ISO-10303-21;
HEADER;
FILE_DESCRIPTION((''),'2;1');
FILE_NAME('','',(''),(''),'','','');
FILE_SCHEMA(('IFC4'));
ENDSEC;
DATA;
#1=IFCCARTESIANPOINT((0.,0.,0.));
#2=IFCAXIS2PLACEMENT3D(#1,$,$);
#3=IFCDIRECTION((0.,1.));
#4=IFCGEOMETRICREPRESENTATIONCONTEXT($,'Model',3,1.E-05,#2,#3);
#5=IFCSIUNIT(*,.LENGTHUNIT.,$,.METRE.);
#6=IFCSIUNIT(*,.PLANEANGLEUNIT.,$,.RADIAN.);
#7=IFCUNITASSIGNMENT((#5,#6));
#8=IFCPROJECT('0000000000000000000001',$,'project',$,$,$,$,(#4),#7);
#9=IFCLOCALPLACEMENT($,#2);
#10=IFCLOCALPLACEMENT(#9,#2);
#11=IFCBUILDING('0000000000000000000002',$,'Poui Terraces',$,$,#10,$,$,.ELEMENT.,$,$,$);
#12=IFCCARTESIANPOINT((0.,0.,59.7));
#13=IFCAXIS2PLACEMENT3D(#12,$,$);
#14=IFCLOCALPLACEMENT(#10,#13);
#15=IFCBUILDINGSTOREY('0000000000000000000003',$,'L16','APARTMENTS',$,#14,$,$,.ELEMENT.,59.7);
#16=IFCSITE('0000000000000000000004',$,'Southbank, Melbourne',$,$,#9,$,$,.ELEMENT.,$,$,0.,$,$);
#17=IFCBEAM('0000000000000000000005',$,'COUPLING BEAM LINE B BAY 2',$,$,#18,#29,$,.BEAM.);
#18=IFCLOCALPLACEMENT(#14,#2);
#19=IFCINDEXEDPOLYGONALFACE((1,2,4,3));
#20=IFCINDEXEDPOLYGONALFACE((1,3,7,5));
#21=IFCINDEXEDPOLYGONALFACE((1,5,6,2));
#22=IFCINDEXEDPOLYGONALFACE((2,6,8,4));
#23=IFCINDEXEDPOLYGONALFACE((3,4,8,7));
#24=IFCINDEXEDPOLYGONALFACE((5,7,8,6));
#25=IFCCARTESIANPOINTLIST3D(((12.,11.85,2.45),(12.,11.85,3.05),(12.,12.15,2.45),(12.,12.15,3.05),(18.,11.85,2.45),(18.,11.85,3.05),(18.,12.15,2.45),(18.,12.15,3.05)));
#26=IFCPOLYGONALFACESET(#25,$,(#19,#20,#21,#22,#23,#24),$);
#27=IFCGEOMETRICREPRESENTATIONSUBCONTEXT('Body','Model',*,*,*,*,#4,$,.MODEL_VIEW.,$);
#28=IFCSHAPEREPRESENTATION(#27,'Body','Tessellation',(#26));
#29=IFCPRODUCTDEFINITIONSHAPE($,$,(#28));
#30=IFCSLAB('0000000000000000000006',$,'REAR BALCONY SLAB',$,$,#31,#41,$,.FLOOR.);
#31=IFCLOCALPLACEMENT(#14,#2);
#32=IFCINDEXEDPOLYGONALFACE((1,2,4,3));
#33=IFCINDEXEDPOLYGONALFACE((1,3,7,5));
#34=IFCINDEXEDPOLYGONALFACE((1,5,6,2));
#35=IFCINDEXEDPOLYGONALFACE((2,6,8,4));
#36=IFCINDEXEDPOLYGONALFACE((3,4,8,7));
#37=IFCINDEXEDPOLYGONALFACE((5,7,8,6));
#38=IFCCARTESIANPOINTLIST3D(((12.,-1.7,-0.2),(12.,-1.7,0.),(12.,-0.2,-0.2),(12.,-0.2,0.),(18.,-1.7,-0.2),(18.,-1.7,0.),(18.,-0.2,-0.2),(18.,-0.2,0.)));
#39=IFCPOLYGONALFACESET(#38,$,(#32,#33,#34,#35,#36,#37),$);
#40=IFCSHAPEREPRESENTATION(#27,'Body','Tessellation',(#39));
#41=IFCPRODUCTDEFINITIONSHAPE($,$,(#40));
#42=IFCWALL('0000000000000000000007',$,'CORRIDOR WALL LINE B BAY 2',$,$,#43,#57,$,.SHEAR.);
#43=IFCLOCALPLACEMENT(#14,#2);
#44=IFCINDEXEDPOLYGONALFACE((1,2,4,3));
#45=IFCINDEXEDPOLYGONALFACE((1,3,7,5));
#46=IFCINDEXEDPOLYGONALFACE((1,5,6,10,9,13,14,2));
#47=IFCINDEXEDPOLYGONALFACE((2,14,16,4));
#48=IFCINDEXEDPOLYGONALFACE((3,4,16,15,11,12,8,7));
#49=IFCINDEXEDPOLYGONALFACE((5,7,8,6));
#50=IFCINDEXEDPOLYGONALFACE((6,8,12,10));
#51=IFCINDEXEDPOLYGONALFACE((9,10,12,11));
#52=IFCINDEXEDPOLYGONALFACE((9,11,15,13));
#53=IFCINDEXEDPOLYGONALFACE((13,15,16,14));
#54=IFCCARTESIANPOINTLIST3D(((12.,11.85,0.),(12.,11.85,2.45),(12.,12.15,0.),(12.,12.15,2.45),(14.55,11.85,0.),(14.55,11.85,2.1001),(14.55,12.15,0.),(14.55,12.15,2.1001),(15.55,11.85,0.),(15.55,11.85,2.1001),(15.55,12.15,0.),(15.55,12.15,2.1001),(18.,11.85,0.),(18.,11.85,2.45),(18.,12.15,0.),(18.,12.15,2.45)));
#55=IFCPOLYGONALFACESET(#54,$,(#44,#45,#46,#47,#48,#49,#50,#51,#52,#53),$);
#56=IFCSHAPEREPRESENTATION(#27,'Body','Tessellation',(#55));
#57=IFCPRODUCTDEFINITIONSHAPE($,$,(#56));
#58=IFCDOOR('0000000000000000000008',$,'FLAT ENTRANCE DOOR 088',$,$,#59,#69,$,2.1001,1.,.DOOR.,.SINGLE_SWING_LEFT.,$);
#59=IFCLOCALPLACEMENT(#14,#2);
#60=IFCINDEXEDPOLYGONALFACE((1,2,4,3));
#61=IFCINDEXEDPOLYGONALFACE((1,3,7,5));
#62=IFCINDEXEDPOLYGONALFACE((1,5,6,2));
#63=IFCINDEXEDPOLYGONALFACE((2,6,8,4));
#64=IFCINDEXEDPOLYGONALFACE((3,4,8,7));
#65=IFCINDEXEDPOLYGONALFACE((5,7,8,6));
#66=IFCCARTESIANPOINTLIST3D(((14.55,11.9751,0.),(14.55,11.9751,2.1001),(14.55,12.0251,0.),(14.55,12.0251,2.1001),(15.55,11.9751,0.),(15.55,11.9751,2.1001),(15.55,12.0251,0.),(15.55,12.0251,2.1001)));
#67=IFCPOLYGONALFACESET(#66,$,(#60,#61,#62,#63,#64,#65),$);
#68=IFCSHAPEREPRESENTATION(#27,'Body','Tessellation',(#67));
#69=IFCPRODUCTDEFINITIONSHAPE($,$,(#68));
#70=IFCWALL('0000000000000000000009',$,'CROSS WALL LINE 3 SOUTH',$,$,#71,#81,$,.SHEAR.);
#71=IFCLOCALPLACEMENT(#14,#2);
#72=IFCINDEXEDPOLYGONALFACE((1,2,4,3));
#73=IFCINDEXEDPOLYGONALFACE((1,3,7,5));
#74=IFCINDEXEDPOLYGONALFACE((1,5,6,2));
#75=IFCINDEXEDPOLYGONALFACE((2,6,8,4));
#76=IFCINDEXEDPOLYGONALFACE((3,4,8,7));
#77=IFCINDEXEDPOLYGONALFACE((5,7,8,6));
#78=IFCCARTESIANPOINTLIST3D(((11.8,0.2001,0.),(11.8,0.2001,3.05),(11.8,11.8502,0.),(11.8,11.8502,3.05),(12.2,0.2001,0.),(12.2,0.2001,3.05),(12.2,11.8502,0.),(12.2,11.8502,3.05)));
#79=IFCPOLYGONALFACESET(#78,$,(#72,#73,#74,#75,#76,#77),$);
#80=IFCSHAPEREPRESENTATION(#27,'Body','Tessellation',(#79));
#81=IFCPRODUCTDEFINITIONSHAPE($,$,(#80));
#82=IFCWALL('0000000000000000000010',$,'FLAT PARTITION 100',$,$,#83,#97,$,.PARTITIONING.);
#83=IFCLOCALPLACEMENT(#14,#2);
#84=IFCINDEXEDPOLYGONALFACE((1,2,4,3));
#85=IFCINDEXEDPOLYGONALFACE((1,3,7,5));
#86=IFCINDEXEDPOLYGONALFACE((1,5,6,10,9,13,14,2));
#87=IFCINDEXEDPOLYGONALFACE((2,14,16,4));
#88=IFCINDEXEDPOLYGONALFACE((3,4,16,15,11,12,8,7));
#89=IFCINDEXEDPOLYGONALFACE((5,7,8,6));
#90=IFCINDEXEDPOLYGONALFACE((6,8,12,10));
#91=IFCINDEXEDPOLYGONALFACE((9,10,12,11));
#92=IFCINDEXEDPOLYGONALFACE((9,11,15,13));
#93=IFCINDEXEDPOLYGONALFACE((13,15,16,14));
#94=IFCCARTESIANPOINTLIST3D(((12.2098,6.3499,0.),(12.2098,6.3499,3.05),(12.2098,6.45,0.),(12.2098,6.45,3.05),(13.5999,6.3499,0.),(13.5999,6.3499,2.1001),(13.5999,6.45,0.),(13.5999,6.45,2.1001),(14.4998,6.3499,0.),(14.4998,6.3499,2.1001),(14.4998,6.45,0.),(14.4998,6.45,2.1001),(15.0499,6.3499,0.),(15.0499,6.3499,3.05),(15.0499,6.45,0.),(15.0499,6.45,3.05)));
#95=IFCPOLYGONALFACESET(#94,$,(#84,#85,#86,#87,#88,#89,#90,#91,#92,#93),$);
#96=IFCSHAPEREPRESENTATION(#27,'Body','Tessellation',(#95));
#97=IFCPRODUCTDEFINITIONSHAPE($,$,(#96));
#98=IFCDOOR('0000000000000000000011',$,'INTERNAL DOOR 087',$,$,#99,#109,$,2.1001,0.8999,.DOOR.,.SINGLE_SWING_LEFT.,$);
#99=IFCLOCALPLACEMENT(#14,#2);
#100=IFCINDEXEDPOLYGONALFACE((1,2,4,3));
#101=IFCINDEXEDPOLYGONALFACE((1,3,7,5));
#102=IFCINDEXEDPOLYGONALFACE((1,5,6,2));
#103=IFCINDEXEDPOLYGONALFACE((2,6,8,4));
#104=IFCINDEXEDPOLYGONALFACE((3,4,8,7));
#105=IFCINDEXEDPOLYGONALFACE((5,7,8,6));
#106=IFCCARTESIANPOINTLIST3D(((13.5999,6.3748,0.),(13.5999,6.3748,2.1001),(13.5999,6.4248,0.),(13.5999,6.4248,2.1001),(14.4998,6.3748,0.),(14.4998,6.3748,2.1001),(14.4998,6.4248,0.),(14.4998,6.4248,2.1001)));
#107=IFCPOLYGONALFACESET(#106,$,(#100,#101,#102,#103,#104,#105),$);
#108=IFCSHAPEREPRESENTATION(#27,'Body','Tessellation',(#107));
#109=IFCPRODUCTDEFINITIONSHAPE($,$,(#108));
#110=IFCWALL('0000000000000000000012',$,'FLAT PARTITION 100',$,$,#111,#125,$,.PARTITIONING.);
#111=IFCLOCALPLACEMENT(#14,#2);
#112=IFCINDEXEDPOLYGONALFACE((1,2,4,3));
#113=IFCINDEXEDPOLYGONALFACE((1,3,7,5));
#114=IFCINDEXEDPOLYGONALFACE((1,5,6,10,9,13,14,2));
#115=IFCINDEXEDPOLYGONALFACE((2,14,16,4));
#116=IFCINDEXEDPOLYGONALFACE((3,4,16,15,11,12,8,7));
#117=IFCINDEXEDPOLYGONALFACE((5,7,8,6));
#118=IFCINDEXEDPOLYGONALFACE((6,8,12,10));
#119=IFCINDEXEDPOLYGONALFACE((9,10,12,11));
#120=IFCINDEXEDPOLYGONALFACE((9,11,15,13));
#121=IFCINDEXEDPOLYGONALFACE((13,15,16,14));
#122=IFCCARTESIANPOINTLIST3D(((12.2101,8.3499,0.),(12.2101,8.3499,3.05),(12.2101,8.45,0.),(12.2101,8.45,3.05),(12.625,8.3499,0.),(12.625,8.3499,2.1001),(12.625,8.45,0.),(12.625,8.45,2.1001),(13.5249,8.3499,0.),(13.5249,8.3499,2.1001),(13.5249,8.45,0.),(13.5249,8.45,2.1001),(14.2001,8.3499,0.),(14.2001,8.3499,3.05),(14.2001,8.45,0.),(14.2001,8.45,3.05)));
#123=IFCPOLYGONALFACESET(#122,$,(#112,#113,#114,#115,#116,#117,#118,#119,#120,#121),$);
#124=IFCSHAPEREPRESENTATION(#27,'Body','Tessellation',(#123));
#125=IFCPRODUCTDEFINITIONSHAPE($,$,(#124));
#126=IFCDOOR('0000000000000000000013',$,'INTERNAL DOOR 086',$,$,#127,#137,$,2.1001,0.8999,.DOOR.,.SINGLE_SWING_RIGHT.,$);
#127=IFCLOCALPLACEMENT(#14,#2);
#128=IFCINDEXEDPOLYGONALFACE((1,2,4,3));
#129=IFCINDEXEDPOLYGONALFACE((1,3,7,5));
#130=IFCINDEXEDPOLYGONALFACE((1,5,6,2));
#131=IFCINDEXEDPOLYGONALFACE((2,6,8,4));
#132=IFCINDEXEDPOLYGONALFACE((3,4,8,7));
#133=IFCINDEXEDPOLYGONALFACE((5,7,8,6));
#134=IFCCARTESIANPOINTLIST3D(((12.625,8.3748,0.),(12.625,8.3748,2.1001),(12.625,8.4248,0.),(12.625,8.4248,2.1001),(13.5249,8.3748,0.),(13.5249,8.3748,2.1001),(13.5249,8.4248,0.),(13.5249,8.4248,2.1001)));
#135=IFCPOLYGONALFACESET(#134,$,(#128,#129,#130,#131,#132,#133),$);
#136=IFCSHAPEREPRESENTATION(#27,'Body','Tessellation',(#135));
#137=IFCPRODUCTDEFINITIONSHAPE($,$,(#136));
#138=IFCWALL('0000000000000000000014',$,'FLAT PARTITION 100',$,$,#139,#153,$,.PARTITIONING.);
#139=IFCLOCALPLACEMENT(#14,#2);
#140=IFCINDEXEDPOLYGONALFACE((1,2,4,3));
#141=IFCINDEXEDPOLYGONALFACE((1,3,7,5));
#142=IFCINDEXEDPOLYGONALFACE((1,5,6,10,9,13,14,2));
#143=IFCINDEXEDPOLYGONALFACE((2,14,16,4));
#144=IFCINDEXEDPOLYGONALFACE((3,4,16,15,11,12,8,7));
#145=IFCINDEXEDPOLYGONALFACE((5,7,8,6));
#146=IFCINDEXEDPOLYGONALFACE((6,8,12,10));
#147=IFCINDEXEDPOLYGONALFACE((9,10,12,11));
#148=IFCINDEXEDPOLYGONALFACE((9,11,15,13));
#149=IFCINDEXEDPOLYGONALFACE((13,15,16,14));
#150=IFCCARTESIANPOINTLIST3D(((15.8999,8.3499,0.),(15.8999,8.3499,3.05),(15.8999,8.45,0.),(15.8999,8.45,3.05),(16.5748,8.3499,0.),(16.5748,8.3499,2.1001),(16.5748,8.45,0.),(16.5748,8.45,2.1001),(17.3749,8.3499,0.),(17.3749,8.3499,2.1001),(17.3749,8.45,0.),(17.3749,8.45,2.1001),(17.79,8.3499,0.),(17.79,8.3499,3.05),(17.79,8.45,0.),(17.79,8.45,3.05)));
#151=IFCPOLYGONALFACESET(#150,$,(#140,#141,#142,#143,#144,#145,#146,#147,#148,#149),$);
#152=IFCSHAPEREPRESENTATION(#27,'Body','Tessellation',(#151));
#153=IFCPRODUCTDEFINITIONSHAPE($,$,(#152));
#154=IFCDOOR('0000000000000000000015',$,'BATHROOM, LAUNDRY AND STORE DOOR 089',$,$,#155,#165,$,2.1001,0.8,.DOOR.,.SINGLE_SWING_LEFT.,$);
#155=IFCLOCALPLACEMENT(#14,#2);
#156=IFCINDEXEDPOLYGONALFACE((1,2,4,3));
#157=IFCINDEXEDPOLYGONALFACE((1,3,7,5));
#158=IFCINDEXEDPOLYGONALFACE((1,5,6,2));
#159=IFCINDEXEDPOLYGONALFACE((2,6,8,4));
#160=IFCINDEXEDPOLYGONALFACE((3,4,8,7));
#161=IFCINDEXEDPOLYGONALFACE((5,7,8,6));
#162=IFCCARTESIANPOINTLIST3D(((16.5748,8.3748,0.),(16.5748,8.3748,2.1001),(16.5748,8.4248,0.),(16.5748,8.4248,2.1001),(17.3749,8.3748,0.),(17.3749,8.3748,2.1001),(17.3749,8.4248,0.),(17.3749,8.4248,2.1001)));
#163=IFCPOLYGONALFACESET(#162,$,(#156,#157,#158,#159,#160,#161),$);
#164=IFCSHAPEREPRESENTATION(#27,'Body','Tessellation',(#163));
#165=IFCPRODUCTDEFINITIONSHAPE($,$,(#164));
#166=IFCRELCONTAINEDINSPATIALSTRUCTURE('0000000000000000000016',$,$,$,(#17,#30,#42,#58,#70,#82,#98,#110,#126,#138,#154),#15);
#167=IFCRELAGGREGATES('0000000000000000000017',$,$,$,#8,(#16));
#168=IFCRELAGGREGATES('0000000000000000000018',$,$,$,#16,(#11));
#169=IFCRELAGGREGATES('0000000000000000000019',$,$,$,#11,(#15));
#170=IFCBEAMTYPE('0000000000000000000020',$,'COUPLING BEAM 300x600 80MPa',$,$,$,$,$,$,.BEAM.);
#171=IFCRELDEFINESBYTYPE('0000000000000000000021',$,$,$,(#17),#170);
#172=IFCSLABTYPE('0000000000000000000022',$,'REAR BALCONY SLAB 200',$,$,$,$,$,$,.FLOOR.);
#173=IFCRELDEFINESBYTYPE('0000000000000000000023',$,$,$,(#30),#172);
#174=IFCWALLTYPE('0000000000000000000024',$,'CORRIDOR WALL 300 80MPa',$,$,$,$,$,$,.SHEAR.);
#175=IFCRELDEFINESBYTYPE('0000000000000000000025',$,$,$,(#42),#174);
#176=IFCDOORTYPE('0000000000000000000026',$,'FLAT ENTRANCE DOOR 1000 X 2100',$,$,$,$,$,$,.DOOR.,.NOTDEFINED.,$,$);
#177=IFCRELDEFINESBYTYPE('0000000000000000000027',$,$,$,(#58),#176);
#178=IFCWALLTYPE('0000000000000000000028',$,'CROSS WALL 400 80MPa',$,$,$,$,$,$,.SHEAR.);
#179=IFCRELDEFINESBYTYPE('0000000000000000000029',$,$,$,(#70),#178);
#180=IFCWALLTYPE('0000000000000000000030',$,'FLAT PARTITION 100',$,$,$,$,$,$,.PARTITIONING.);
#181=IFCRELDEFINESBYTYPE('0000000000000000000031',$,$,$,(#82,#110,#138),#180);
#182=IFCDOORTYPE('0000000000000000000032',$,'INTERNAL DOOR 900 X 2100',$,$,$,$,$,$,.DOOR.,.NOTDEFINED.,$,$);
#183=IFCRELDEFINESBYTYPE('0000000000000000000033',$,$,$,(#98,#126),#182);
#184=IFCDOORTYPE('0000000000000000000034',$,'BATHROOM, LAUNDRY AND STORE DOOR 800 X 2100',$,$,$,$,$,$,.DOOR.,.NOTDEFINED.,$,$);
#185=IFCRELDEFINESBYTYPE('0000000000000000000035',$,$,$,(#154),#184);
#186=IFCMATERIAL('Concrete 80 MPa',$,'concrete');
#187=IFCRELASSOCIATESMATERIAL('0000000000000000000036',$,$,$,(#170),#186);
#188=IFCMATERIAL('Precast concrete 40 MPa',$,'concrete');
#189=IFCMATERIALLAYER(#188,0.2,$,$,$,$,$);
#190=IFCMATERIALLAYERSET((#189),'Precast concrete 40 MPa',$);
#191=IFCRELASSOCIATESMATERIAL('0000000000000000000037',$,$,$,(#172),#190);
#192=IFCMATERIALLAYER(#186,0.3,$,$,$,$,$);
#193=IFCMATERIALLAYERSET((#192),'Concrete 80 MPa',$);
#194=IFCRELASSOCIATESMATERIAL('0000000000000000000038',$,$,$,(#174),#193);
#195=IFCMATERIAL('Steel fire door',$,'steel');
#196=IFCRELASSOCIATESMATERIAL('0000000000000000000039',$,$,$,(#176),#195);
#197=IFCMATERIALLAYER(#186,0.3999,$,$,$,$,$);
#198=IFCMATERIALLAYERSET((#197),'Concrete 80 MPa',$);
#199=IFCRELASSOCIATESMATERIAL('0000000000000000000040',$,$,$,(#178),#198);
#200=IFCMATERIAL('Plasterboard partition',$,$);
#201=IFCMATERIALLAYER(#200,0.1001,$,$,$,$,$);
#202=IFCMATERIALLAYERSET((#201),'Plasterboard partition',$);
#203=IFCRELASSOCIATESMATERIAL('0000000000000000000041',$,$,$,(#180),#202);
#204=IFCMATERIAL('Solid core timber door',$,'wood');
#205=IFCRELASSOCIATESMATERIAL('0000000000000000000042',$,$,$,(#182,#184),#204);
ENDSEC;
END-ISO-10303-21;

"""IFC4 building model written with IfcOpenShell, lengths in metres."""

from ifc_helpers import new_model, si_unit, direction, frame, frame_2d, origin, origin_2d, place, context, subcontext, project, spatial, polyline, rectangle, outline, extrude, source, transform, mapped, material, layer, layer_set, material_profile, profile_set, type_object, element, fill, save


model = new_model("IFC4")

# Units and contexts
model_context = context("Model", 3, precision=1e-05, world=origin(), true_north=direction((0.0, 1.0)))
body_context = subcontext(model_context, "Body", "Model", "MODEL_VIEW")
ifc_project = project(units=[si_unit("LENGTHUNIT", "METRE"), si_unit("PLANEANGLEUNIT", "RADIAN")], contexts=[model_context])

# Site, building, storey
site_placement = place(None, origin())
site = spatial("IfcSite", under=ifc_project, at=site_placement, Name="Southbank, Melbourne", CompositionType="ELEMENT", RefElevation=0.0)
building_placement = place(site_placement, origin())
building = spatial("IfcBuilding", under=site, at=building_placement, Name="Poui Terraces", CompositionType="ELEMENT")
storey_placement = place(building_placement, frame((0.0, 0.0, 59.7)))
storey = spatial("IfcBuildingStorey", under=building, at=storey_placement, Name="L16", Description="APARTMENTS", CompositionType="ELEMENT", Elevation=59.7)

# Beam
ifc_material_1 = material(Name="Concrete 80 MPa", Category="concrete")
ifc_material_profile_1 = material_profile(ifc_material_1, rectangle(XDim=0.3, YDim=0.6001, at=origin_2d()), Name="RC 300x600")
ifc_profile_set_1 = profile_set([ifc_material_profile_1], Name="Concrete 80 MPa")
beam_type = type_object("IfcBeamType", Name="COUPLING BEAM 300x600 80MPa", PredefinedType="BEAM", material=ifc_profile_set_1)
shared_shape_1 = source(origin(), body_context, "Body", "SweptSolid", [
    extrude(rectangle(XDim=0.3, YDim=0.6001, at=origin_2d()), origin(), (0.0, 0.0, 1.0), 6.0),
])
beam_placement = place(storey_placement, frame((12.0, 12.0, 2.75), z_axis=(1.0, 0.0, 0.0), x_axis=(0.0, 1.0, 0.0)))
element("IfcBeam", 1, at=beam_placement, inside=storey, type_object=beam_type, Name="COUPLING BEAM LINE B BAY 2", PredefinedType="BEAM", context=body_context, shape_type="MappedRepresentation", body=[
    mapped(shared_shape_1, transform((0.0, 0.0, 0.0))),
])

# Slab
ifc_material_2 = material(Name="Precast concrete 40 MPa", Category="concrete")
ifc_layer_1 = layer(ifc_material_2, 0.2)
ifc_layer_set_1 = layer_set([ifc_layer_1], Name="Precast concrete 40 MPa")
slab_type = type_object("IfcSlabType", Name="REAR BALCONY SLAB 200", PredefinedType="FLOOR", material=ifc_layer_set_1)
shared_shape_2 = source(origin(), body_context, "Body", "SweptSolid", [
    extrude(outline(polyline([(0.0, 0.0), (6.0, 0.0), (6.0, 1.5), (0.0, 1.5), (0.0, 0.0)])), origin(), (0.0, 0.0, 1.0), 0.2),
])
slab_placement = place(storey_placement, frame((12.0, -1.7, -0.2)))
element("IfcSlab", 2, at=slab_placement, inside=storey, type_object=slab_type, Name="REAR BALCONY SLAB", PredefinedType="FLOOR", context=body_context, shape_type="MappedRepresentation", body=[
    mapped(shared_shape_2, transform((0.0, 0.0, 0.0))),
])

# Wall, opening, door
ifc_layer_2 = layer(ifc_material_1, 0.3)
ifc_layer_set_2 = layer_set([ifc_layer_2], Name="Concrete 80 MPa")
wall_type_1 = type_object("IfcWallType", Name="CORRIDOR WALL 300 80MPa", PredefinedType="SHEAR", material=ifc_layer_set_2)
wall_1_placement = place(storey_placement, frame((12.0, 12.0, 0.0), z_axis=(0.0, 0.0, 1.0), x_axis=(1.0, 0.0, 0.0)))
wall_1 = element("IfcWall", 3, at=wall_1_placement, inside=storey, type_object=wall_type_1, Name="CORRIDOR WALL LINE B BAY 2", PredefinedType="SHEAR", context=body_context, shape_type="SweptSolid", body=[
    extrude(rectangle(XDim=6.0, YDim=0.3, at=frame_2d((3.0, 0.0))), origin(), (0.0, 0.0, 1.0), 2.45),
])
opening_1_placement = place(wall_1_placement, frame((2.55, 0.0, 0.0)))
opening_1 = element("IfcOpeningElement", 4, at=opening_1_placement, cuts=wall_1, PredefinedType="OPENING", context=body_context, shape_type="SweptSolid", body=[
    extrude(rectangle(XDim=1.0, YDim=2.1001, at=frame_2d((0.5, 1.05))), frame((0.0, 0.1602, 0.0), z_axis=(0.0, -1.0, 0.0), x_axis=(1.0, 0.0, 0.0)), (0.0, 0.0, 1.0), 0.3201),
])
ifc_material_3 = material(Name="Steel fire door", Category="steel")
door_type_1 = type_object("IfcDoorType", Name="FLAT ENTRANCE DOOR 1000 X 2100", OperationType="NOTDEFINED", PredefinedType="DOOR", material=ifc_material_3)
door_1_placement = place(opening_1_placement, frame((1.0, 0.0, 0.0), z_axis=(0.0, 0.0, 1.0), x_axis=(-1.0, 0.0, 0.0)))
door_1 = element("IfcDoor", 5, at=door_1_placement, inside=storey, type_object=door_type_1, Name="FLAT ENTRANCE DOOR 088", OperationType="SINGLE_SWING_LEFT", OverallHeight=2.1001, OverallWidth=1.0, PredefinedType="DOOR", context=body_context, shape_type="SweptSolid", body=[
    extrude(rectangle(XDim=1.0, YDim=2.1001, at=frame_2d((0.5, 1.05))), frame((0.0, 0.0249, 0.0), z_axis=(0.0, -1.0, 0.0), x_axis=(1.0, 0.0, 0.0)), (0.0, 0.0, 1.0), 0.05),
])
fill(opening_1, door_1)

# Wall
ifc_layer_3 = layer(ifc_material_1, 0.3999)
ifc_layer_set_3 = layer_set([ifc_layer_3], Name="Concrete 80 MPa")
wall_type_2 = type_object("IfcWallType", Name="CROSS WALL 400 80MPa", PredefinedType="SHEAR", material=ifc_layer_set_3)
wall_2_placement = place(storey_placement, frame((12.0, 0.2, 0.0), z_axis=(0.0, 0.0, 1.0), x_axis=(0.0, 1.0, 0.0)))
element("IfcWall", 6, at=wall_2_placement, inside=storey, type_object=wall_type_2, Name="CROSS WALL LINE 3 SOUTH", PredefinedType="SHEAR", context=body_context, shape_type="SweptSolid", body=[
    extrude(rectangle(XDim=11.6501, YDim=0.3999, at=frame_2d((5.8252, 0.0))), origin(), (0.0, 0.0, 1.0), 3.05),
])

# Walls, openings, doors
ifc_material_4 = material(Name="Plasterboard partition")
ifc_layer_4 = layer(ifc_material_4, 0.1001)
ifc_layer_set_4 = layer_set([ifc_layer_4], Name="Plasterboard partition")
wall_type_3 = type_object("IfcWallType", Name="FLAT PARTITION 100", PredefinedType="PARTITIONING", material=ifc_layer_set_4)
wall_3_placement = place(storey_placement, frame((12.21, 6.3999, 0.0), z_axis=(0.0, 0.0, 1.0), x_axis=(1.0, 0.0, 0.0)))
wall_3 = element("IfcWall", 7, at=wall_3_placement, inside=storey, type_object=wall_type_3, Name="FLAT PARTITION 100", PredefinedType="PARTITIONING", context=body_context, shape_type="SweptSolid", body=[
    extrude(rectangle(XDim=2.8401, YDim=0.1001, at=frame_2d((1.4199, 0.0))), origin(), (0.0, 0.0, 1.0), 3.05),
])
opening_2_placement = place(wall_3_placement, frame((1.3899, 0.0, 0.0)))
opening_2 = element("IfcOpeningElement", 8, at=opening_2_placement, cuts=wall_3, PredefinedType="OPENING", context=body_context, shape_type="SweptSolid", body=[
    extrude(rectangle(XDim=0.8999, YDim=2.1001, at=frame_2d((0.45, 1.05))), frame((0.0, 0.0601, 0.0), z_axis=(0.0, -1.0, 0.0), x_axis=(1.0, 0.0, 0.0)), (0.0, 0.0, 1.0), 0.1201),
])
ifc_material_5 = material(Name="Solid core timber door", Category="wood")
door_type_2 = type_object("IfcDoorType", Name="INTERNAL DOOR 900 X 2100", OperationType="NOTDEFINED", PredefinedType="DOOR", material=ifc_material_5)
door_2_placement = place(opening_2_placement, origin())
door_2 = element("IfcDoor", 9, at=door_2_placement, inside=storey, type_object=door_type_2, Name="INTERNAL DOOR 087", OperationType="SINGLE_SWING_LEFT", OverallHeight=2.1001, OverallWidth=0.8999, PredefinedType="DOOR", context=body_context, shape_type="SweptSolid", body=[
    extrude(rectangle(XDim=0.8999, YDim=2.1001, at=frame_2d((0.45, 1.05))), frame((0.0, 0.0249, 0.0), z_axis=(0.0, -1.0, 0.0), x_axis=(1.0, 0.0, 0.0)), (0.0, 0.0, 1.0), 0.05),
])
fill(opening_2, door_2)
wall_4_placement = place(storey_placement, frame((12.21, 8.3999, 0.0), z_axis=(0.0, 0.0, 1.0), x_axis=(1.0, 0.0, 0.0)))
wall_4 = element("IfcWall", 10, at=wall_4_placement, inside=storey, type_object=wall_type_3, Name="FLAT PARTITION 100", PredefinedType="PARTITIONING", context=body_context, shape_type="SweptSolid", body=[
    extrude(rectangle(XDim=1.99, YDim=0.1001, at=frame_2d((0.9951, 0.0))), origin(), (0.0, 0.0, 1.0), 3.05),
])
opening_3_placement = place(wall_4_placement, frame((0.415, 0.0, 0.0)))
opening_3 = element("IfcOpeningElement", 11, at=opening_3_placement, cuts=wall_4, PredefinedType="OPENING", context=body_context, shape_type="SweptSolid", body=[
    extrude(rectangle(XDim=0.8999, YDim=2.1001, at=frame_2d((0.45, 1.05))), frame((0.0, 0.0601, 0.0), z_axis=(0.0, -1.0, 0.0), x_axis=(1.0, 0.0, 0.0)), (0.0, 0.0, 1.0), 0.1201),
])
door_3_placement = place(opening_3_placement, origin())
door_3 = element("IfcDoor", 12, at=door_3_placement, inside=storey, type_object=door_type_2, Name="INTERNAL DOOR 086", OperationType="SINGLE_SWING_RIGHT", OverallHeight=2.1001, OverallWidth=0.8999, PredefinedType="DOOR", context=body_context, shape_type="SweptSolid", body=[
    extrude(rectangle(XDim=0.8999, YDim=2.1001, at=frame_2d((0.45, 1.05))), frame((0.0, 0.0249, 0.0), z_axis=(0.0, -1.0, 0.0), x_axis=(1.0, 0.0, 0.0)), (0.0, 0.0, 1.0), 0.05),
])
fill(opening_3, door_3)
wall_5_placement = place(storey_placement, frame((15.8999, 8.3999, 0.0), z_axis=(0.0, 0.0, 1.0), x_axis=(1.0, 0.0, 0.0)))
wall_5 = element("IfcWall", 13, at=wall_5_placement, inside=storey, type_object=wall_type_3, Name="FLAT PARTITION 100", PredefinedType="PARTITIONING", context=body_context, shape_type="SweptSolid", body=[
    extrude(rectangle(XDim=1.8901, YDim=0.1001, at=frame_2d((0.9451, 0.0))), origin(), (0.0, 0.0, 1.0), 3.05),
])
opening_4_placement = place(wall_5_placement, frame((0.675, 0.0, 0.0)))
opening_4 = element("IfcOpeningElement", 14, at=opening_4_placement, cuts=wall_5, PredefinedType="OPENING", context=body_context, shape_type="SweptSolid", body=[
    extrude(rectangle(XDim=0.8, YDim=2.1001, at=frame_2d((0.3999, 1.05))), frame((0.0, 0.0601, 0.0), z_axis=(0.0, -1.0, 0.0), x_axis=(1.0, 0.0, 0.0)), (0.0, 0.0, 1.0), 0.1201),
])
door_type_3 = type_object("IfcDoorType", Name="BATHROOM, LAUNDRY AND STORE DOOR 800 X 2100", OperationType="NOTDEFINED", PredefinedType="DOOR", material=ifc_material_5)
door_4_placement = place(opening_4_placement, origin())
door_4 = element("IfcDoor", 15, at=door_4_placement, inside=storey, type_object=door_type_3, Name="BATHROOM, LAUNDRY AND STORE DOOR 089", OperationType="SINGLE_SWING_LEFT", OverallHeight=2.1001, OverallWidth=0.8, PredefinedType="DOOR", context=body_context, shape_type="SweptSolid", body=[
    extrude(rectangle(XDim=0.8, YDim=2.1001, at=frame_2d((0.3999, 1.05))), frame((0.0, 0.0249, 0.0), z_axis=(0.0, -1.0, 0.0), x_axis=(1.0, 0.0, 0.0)), (0.0, 0.0, 1.0), 0.05),
])
fill(opening_4, door_4)

save(model, "model.ifc")
